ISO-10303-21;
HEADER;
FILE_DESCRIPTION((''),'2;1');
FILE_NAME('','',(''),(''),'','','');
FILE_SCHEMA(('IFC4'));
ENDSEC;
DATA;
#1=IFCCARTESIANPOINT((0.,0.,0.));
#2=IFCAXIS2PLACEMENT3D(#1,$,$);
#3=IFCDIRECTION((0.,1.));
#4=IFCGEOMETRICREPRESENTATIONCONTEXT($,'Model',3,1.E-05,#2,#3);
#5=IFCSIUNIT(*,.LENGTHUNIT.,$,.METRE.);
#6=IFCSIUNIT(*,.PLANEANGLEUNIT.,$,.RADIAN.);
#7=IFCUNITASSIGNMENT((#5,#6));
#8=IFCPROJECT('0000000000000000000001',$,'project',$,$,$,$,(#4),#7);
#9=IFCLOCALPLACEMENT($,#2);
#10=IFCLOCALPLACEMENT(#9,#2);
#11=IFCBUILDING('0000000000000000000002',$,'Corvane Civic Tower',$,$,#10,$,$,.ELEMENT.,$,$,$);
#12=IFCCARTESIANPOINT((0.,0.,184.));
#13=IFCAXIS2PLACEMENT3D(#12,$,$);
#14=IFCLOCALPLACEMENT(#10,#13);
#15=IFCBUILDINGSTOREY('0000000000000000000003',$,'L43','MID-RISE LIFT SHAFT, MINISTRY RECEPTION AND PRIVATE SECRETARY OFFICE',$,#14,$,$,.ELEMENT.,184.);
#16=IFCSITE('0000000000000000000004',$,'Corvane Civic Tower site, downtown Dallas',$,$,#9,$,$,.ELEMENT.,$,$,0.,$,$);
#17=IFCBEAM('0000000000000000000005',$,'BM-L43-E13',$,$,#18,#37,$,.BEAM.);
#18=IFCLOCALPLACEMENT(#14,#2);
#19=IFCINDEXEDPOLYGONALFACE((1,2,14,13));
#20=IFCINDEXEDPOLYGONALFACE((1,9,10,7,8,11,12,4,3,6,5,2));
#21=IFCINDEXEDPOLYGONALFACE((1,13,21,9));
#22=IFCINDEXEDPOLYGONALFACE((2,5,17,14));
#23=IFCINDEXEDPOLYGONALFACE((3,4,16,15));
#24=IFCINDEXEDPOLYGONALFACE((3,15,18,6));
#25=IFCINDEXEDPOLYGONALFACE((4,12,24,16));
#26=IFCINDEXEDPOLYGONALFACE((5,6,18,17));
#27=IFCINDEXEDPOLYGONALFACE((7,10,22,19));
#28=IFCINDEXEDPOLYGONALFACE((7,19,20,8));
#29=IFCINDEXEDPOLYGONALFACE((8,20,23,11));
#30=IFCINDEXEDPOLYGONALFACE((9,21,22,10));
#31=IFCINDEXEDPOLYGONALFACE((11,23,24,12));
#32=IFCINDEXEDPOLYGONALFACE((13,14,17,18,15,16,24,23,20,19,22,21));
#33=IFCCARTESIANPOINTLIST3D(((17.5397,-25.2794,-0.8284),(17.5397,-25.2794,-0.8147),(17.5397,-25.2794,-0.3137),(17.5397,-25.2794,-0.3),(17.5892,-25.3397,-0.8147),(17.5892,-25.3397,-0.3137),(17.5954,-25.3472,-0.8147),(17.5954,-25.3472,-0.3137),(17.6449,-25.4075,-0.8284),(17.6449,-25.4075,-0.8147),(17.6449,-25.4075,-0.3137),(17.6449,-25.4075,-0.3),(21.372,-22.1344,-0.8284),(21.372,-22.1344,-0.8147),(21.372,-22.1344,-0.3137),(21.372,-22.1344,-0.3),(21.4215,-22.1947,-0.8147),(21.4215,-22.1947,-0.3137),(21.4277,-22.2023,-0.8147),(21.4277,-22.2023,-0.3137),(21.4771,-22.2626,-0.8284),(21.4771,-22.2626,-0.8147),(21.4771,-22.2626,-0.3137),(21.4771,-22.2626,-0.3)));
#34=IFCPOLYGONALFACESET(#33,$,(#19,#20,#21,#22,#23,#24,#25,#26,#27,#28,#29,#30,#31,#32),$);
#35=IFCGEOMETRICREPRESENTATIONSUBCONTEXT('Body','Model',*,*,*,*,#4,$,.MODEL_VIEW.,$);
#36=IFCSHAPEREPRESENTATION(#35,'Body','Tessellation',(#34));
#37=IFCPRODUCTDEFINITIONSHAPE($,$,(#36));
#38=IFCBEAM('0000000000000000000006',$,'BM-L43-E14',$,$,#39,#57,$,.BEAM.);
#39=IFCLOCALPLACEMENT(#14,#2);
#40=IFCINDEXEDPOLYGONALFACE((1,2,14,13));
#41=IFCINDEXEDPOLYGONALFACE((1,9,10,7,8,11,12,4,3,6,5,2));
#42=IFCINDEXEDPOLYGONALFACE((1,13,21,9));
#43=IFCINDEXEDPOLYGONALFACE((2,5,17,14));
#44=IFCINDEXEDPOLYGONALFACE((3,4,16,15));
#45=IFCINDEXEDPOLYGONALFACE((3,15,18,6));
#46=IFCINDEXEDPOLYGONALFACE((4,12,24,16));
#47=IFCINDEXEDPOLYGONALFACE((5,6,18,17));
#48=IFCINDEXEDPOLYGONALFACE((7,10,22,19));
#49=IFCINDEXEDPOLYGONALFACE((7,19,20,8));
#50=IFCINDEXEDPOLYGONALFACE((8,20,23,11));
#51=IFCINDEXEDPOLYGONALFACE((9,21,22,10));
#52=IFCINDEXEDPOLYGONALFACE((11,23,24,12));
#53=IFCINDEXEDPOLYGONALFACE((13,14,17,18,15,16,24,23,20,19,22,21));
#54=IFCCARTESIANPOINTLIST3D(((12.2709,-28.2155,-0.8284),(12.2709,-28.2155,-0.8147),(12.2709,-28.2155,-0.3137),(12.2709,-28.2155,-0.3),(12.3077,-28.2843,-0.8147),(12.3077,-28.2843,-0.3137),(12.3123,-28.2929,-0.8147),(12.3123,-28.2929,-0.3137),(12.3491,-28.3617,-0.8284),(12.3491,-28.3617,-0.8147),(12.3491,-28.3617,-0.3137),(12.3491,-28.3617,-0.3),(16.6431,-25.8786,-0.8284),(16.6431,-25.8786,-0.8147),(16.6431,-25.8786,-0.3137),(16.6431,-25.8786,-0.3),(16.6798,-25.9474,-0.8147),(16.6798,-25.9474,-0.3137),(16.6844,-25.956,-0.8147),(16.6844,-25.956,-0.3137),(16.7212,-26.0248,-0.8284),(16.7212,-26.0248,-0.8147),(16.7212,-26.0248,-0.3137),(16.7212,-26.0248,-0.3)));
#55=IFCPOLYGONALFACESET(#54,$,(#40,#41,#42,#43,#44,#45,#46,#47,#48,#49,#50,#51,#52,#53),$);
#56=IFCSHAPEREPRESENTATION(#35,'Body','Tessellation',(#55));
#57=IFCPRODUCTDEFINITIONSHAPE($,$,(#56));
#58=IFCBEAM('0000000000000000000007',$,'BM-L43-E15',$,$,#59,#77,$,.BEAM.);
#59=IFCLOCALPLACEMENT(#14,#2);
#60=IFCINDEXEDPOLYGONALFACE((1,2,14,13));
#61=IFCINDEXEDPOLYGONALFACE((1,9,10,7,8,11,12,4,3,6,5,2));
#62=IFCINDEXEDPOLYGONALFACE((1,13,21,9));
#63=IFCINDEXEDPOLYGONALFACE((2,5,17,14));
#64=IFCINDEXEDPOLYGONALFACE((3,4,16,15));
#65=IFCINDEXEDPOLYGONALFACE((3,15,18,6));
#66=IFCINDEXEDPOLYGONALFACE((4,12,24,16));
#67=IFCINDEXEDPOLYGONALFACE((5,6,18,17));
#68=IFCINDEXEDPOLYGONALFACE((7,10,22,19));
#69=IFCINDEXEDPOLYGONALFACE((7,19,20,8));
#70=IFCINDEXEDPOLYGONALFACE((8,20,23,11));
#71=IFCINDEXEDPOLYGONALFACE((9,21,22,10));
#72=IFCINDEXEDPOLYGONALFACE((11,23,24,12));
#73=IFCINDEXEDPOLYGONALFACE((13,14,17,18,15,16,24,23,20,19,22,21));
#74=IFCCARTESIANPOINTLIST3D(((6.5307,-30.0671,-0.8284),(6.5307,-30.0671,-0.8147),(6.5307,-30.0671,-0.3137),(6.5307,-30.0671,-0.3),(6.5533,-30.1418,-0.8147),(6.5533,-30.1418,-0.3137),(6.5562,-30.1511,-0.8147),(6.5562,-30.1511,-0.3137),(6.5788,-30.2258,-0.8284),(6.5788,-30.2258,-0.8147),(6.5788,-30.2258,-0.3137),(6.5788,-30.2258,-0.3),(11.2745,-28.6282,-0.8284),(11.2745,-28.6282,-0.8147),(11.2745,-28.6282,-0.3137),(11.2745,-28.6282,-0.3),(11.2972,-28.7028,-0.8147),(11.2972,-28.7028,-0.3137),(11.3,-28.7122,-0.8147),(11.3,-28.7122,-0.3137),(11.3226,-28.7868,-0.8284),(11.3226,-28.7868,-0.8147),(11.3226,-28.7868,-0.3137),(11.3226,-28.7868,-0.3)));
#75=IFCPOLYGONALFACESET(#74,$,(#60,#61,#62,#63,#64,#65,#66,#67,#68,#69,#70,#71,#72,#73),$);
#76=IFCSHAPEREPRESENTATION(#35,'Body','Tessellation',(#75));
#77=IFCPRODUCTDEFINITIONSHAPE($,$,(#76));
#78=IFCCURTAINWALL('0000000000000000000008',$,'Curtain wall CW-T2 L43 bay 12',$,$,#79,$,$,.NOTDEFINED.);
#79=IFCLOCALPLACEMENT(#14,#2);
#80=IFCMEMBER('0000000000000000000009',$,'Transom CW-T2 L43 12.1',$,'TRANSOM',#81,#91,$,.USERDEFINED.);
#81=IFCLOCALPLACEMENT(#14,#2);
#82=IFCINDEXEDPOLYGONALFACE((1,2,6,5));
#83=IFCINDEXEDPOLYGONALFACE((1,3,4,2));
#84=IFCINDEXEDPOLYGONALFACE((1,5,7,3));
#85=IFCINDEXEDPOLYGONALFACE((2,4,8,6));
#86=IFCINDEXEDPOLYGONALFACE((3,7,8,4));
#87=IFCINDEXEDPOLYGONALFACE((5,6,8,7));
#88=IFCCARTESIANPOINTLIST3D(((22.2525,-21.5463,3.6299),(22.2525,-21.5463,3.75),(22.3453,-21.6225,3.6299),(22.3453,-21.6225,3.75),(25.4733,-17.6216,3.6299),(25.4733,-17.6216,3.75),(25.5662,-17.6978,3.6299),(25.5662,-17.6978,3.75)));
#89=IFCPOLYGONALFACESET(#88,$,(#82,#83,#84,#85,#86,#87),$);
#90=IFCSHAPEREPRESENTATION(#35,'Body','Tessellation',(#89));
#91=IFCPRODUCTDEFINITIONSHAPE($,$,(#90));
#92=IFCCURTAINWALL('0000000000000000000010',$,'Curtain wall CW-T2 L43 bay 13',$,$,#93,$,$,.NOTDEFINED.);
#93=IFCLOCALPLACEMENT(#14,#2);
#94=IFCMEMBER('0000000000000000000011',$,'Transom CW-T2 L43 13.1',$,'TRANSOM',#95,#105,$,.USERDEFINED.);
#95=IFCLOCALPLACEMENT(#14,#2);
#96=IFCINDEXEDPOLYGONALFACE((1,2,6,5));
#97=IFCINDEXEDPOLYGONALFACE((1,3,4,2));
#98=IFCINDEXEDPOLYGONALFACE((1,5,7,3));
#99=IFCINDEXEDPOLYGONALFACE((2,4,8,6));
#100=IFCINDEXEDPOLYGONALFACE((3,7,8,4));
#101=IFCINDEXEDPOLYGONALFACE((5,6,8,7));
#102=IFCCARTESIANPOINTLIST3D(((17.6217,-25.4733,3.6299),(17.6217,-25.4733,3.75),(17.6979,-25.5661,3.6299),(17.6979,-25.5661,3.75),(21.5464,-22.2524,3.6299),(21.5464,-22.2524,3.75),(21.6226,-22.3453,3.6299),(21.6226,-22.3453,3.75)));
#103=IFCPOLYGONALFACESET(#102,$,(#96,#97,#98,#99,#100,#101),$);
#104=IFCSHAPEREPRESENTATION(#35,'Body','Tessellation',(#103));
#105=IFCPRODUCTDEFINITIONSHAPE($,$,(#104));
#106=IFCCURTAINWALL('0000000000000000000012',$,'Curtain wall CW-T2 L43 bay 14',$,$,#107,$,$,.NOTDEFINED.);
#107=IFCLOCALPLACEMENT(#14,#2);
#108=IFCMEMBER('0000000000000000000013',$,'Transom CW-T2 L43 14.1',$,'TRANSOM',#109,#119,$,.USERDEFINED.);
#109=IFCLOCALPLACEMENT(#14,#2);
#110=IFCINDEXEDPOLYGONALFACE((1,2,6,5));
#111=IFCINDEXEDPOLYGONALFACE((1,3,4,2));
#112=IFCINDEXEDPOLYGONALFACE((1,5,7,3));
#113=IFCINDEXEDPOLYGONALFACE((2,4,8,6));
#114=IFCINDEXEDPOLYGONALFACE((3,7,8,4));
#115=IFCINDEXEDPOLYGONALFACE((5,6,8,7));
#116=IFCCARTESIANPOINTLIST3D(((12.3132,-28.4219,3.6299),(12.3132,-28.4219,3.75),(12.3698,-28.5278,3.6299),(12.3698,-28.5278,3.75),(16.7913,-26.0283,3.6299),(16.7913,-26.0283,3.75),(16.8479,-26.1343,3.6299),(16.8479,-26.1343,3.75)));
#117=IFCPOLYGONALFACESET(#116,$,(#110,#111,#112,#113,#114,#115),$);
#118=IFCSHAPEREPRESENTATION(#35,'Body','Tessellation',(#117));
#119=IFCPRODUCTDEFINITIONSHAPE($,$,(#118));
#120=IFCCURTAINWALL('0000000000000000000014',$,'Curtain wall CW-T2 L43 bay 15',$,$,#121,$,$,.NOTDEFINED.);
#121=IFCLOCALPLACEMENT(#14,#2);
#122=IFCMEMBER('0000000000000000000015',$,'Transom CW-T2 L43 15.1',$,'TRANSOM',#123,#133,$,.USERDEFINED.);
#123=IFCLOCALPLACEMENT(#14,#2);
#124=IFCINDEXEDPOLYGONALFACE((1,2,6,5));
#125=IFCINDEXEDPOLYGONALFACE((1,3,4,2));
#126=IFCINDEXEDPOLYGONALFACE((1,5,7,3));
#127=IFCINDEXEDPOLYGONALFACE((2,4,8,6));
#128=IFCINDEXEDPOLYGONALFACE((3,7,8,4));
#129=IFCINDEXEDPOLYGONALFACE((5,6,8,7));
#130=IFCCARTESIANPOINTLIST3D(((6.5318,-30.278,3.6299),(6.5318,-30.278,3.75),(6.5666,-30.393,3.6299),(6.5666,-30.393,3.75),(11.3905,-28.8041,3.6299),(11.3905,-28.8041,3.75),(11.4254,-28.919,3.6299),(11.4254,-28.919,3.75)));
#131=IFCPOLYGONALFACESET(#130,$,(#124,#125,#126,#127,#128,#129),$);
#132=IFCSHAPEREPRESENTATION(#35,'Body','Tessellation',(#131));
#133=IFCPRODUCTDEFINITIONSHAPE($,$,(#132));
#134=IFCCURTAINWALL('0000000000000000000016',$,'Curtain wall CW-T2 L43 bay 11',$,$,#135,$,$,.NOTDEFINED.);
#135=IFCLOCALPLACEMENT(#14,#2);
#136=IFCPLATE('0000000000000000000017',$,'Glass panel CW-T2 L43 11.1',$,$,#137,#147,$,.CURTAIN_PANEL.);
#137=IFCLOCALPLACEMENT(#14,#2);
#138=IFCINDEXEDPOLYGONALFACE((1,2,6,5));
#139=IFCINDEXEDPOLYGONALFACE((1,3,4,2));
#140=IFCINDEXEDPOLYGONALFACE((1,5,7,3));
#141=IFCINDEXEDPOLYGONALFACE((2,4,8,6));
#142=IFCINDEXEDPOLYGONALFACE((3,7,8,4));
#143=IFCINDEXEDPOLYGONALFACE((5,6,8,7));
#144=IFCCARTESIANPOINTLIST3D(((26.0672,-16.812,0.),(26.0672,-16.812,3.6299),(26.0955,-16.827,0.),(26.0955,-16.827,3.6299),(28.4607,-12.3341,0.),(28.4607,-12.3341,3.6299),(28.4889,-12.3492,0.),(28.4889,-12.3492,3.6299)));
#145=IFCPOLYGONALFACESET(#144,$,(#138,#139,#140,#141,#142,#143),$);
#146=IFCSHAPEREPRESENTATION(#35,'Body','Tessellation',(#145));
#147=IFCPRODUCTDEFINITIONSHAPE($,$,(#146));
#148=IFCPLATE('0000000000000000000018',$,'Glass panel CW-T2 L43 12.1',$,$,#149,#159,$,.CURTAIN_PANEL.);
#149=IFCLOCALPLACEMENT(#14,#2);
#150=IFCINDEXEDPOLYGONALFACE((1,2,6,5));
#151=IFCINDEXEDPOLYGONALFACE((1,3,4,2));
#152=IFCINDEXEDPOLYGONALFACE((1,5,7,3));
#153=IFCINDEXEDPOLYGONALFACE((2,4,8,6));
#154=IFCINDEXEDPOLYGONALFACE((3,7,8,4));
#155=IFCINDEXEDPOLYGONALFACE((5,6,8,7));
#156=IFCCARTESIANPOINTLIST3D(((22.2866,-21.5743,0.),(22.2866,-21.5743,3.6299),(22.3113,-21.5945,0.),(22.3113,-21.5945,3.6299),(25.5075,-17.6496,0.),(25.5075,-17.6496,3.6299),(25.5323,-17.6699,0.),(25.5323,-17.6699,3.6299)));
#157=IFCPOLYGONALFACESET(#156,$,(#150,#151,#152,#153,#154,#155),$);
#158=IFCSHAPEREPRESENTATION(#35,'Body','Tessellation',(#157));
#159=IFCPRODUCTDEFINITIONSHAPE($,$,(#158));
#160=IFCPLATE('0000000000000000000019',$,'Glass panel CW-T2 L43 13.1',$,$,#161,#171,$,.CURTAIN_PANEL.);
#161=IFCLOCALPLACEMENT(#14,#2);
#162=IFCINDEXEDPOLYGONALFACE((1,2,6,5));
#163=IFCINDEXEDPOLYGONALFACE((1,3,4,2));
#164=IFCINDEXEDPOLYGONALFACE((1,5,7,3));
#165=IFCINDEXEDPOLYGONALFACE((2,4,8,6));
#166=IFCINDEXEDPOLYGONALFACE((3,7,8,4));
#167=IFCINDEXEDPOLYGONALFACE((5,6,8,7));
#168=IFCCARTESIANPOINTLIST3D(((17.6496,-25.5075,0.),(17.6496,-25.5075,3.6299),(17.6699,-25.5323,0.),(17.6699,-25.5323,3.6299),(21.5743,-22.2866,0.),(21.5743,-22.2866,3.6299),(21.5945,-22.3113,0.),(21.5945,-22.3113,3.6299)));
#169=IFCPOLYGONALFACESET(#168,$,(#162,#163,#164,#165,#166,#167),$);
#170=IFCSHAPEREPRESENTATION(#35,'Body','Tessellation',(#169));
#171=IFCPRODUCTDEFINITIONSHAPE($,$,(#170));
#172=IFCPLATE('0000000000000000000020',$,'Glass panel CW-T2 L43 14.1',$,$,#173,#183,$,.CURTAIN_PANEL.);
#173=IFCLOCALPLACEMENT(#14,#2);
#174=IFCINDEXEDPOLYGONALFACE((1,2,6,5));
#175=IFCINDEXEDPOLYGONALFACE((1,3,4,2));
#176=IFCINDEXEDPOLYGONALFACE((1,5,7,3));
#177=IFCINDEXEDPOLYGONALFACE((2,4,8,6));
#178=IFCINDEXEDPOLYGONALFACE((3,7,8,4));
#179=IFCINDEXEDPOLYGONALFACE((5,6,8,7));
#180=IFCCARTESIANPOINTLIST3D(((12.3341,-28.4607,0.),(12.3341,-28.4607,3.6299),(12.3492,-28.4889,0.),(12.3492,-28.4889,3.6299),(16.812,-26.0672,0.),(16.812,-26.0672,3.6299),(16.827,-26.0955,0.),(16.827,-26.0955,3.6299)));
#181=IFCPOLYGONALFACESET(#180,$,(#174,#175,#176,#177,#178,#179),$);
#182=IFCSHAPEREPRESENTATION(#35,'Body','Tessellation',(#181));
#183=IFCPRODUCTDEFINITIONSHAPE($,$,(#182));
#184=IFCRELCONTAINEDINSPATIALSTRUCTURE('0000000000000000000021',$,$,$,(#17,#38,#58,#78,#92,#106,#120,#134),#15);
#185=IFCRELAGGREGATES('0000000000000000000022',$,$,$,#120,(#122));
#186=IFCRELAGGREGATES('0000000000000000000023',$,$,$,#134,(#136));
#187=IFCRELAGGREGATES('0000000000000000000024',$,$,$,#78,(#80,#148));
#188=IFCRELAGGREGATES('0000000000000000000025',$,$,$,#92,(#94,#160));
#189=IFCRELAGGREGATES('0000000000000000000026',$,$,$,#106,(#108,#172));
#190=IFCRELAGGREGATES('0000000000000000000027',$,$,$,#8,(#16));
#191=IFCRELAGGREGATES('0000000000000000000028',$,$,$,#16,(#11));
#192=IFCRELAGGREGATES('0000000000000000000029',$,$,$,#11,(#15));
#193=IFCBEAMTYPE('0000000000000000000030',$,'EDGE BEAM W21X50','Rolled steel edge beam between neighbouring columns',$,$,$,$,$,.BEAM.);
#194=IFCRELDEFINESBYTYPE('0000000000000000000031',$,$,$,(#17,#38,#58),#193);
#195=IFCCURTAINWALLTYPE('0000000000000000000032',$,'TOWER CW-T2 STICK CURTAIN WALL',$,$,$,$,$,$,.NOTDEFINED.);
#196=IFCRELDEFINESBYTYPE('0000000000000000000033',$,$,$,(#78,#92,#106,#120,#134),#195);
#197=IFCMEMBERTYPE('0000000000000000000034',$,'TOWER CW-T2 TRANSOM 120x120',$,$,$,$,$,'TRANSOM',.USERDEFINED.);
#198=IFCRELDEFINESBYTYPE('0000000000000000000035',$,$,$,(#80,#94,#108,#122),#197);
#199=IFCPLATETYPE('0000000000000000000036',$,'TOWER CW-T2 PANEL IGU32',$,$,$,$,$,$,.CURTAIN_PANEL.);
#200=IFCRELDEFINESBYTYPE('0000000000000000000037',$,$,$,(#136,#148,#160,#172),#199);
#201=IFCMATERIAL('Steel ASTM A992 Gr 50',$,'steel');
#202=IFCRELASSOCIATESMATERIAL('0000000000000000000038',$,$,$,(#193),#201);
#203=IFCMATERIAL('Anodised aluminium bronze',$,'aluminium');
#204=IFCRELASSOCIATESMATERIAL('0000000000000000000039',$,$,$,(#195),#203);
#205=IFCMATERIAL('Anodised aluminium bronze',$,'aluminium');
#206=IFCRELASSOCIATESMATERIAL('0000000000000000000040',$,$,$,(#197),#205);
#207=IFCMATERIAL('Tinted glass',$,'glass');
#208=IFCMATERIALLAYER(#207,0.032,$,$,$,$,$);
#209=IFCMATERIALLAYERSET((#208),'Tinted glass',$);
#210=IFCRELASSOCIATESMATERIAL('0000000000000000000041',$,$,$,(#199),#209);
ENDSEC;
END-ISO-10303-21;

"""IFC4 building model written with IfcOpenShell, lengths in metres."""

from ifc_helpers import new_model, si_unit, direction, frame, origin, origin_2d, place, context, subcontext, project, spatial, rectangle, i_section, extrude, material, layer, layer_set, material_profile, profile_set, type_object, element, aggregate, save


model = new_model("IFC4")

# Units and contexts
model_context = context("Model", 3, precision=1e-05, world=origin(), true_north=direction((0.0, 1.0)))
body_context = subcontext(model_context, "Body", "Model", "MODEL_VIEW")
ifc_project = project(units=[si_unit("LENGTHUNIT", "METRE"), si_unit("PLANEANGLEUNIT", "RADIAN")], contexts=[model_context])

# Site, building, storey
site_placement = place(None, origin())
site = spatial("IfcSite", under=ifc_project, at=site_placement, Name="Corvane Civic Tower site, downtown Dallas", CompositionType="ELEMENT", RefElevation=0.0)
building_placement = place(site_placement, origin())
building = spatial("IfcBuilding", under=site, at=building_placement, Name="Corvane Civic Tower", CompositionType="ELEMENT")
storey_placement = place(building_placement, frame((0.0, 0.0, 184.0)))
storey = spatial("IfcBuildingStorey", under=building, at=storey_placement, Name="L43", Description="MID-RISE LIFT SHAFT, MINISTRY RECEPTION AND PRIVATE SECRETARY OFFICE", CompositionType="ELEMENT", Elevation=184.0)

# Beams
ifc_material_1 = material(Name="Steel ASTM A992 Gr 50", Category="steel")
ifc_material_profile_1 = material_profile(ifc_material_1, i_section(OverallWidth=0.1658, OverallDepth=0.5283, WebThickness=0.0098, FlangeThickness=0.0137, at=origin_2d()), Name="W21X50")
ifc_profile_set_1 = profile_set([ifc_material_profile_1], Name="Steel ASTM A992 Gr 50")
beam_type = type_object("IfcBeamType", Name="EDGE BEAM W21X50", Description="Rolled steel edge beam between neighbouring columns", PredefinedType="BEAM", material=ifc_profile_set_1)
for number, where, z_axis, x_axis, name in (
    (1, (21.4246, -22.1985, -0.5642), (-0.773015, -0.634388, 0.0), (0.634388, -0.773015, 0.0), "BM-L43-E13"),
    (2, (16.6821, -25.9517, -0.5642), (-0.881922, -0.471396, 0.0), (0.471396, -0.881922, 0.0), "BM-L43-E14"),
):
    element("IfcBeam", number, at=place(storey_placement, frame(where, z_axis=z_axis, x_axis=x_axis)), inside=storey, type_object=beam_type, Name=name, PredefinedType="BEAM", context=body_context, shape_type="SweptSolid", body=[
        extrude(i_section(OverallWidth=0.1658, OverallDepth=0.5283, WebThickness=0.0098, FlangeThickness=0.0137, at=origin_2d()), origin(), (0.0, 0.0, 1.0), 4.9575),
    ])
beam_placement = place(storey_placement, frame((11.2986, -28.7075, -0.5642), z_axis=(-0.956945, -0.29027, 0.0), x_axis=(0.29027, -0.956945, 0.0)))
element("IfcBeam", 3, at=beam_placement, inside=storey, type_object=beam_type, Name="BM-L43-E15", PredefinedType="BEAM", context=body_context, shape_type="SweptSolid", body=[
    extrude(i_section(OverallWidth=0.1658, OverallDepth=0.5283, WebThickness=0.0098, FlangeThickness=0.0137, at=origin_2d()), origin(), (0.0, 0.0, 1.0), 4.9573),
])

# Curtain walls, members
ifc_material_2 = material(Name="Anodised aluminium bronze", Category="aluminium")
curtain_wall_type = type_object("IfcCurtainWallType", Name="TOWER CW-T2 STICK CURTAIN WALL", PredefinedType="NOTDEFINED", material=ifc_material_2)
curtain_wall_1_placement = place(storey_placement, origin())
curtain_wall_1 = element("IfcCurtainWall", 4, at=curtain_wall_1_placement, inside=storey, type_object=curtain_wall_type, Name="Curtain wall CW-T2 L43 bay 12", PredefinedType="NOTDEFINED")
ifc_material_3 = material(Name="Anodised aluminium bronze", Category="aluminium")
ifc_material_profile_2 = material_profile(ifc_material_3, rectangle(XDim=0.1201, YDim=0.1201, at=origin_2d()), Name="TOWER CW-T2 TRANSOM 120x120")
ifc_profile_set_2 = profile_set([ifc_material_profile_2], Name="Anodised aluminium bronze")
member_type = type_object("IfcMemberType", Name="TOWER CW-T2 TRANSOM 120x120", ElementType="TRANSOM", PredefinedType="USERDEFINED", material=ifc_profile_set_2)
member_1_placement = place(storey_placement, frame((25.5198, -17.6597, 3.6899), z_axis=(-0.634387, -0.773016, 0.0), x_axis=(0.773016, -0.634387, 0.0)))
member_1 = element("IfcMember", 5, at=member_1_placement, type_object=member_type, Name="Transom CW-T2 L43 12.1", ObjectType="TRANSOM", PredefinedType="USERDEFINED", context=body_context, shape_type="SweptSolid", body=[
    extrude(rectangle(XDim=0.1201, YDim=0.1201, at=origin_2d()), origin(), (0.0, 0.0, 1.0), 5.0771),
])
curtain_wall_2_placement = place(storey_placement, origin())
curtain_wall_2 = element("IfcCurtainWall", 6, at=curtain_wall_2_placement, inside=storey, type_object=curtain_wall_type, Name="Curtain wall CW-T2 L43 bay 13", PredefinedType="NOTDEFINED")
member_2_placement = place(storey_placement, frame((21.5845, -22.2988, 3.6899), z_axis=(-0.773016, -0.634387, 0.0), x_axis=(0.634387, -0.773016, 0.0)))
member_2 = element("IfcMember", 7, at=member_2_placement, type_object=member_type, Name="Transom CW-T2 L43 13.1", ObjectType="TRANSOM", PredefinedType="USERDEFINED", context=body_context, shape_type="SweptSolid", body=[
    extrude(rectangle(XDim=0.1201, YDim=0.1201, at=origin_2d()), origin(), (0.0, 0.0, 1.0), 5.0771),
])
curtain_wall_3_placement = place(storey_placement, origin())
curtain_wall_3 = element("IfcCurtainWall", 8, at=curtain_wall_3_placement, inside=storey, type_object=curtain_wall_type, Name="Curtain wall CW-T2 L43 bay 14", PredefinedType="NOTDEFINED")
member_3_placement = place(storey_placement, frame((16.8196, -26.0813, 3.6899), z_axis=(-0.881921, -0.471397, 0.0), x_axis=(0.471397, -0.881921, 0.0)))
member_3 = element("IfcMember", 9, at=member_3_placement, type_object=member_type, Name="Transom CW-T2 L43 14.1", ObjectType="TRANSOM", PredefinedType="USERDEFINED", context=body_context, shape_type="SweptSolid", body=[
    extrude(rectangle(XDim=0.1201, YDim=0.1201, at=origin_2d()), origin(), (0.0, 0.0, 1.0), 5.0776),
])
curtain_wall_4_placement = place(storey_placement, origin())
curtain_wall_4 = element("IfcCurtainWall", 10, at=curtain_wall_4_placement, inside=storey, type_object=curtain_wall_type, Name="Curtain wall CW-T2 L43 bay 15", PredefinedType="NOTDEFINED")
member_4_placement = place(storey_placement, frame((11.408, -28.8616, 3.6899), z_axis=(-0.956939, -0.290289, 0.0), x_axis=(0.290289, -0.956939, 0.0)))
member_4 = element("IfcMember", 11, at=member_4_placement, type_object=member_type, Name="Transom CW-T2 L43 15.1", ObjectType="TRANSOM", PredefinedType="USERDEFINED", context=body_context, shape_type="SweptSolid", body=[
    extrude(rectangle(XDim=0.1201, YDim=0.1201, at=origin_2d()), origin(), (0.0, 0.0, 1.0), 5.0774),
])
aggregate(curtain_wall_4, [member_4])

# Curtain wall, plate
curtain_wall_5_placement = place(storey_placement, origin())
curtain_wall_5 = element("IfcCurtainWall", 12, at=curtain_wall_5_placement, inside=storey, type_object=curtain_wall_type, Name="Curtain wall CW-T2 L43 bay 11", PredefinedType="NOTDEFINED")
ifc_material_4 = material(Name="Tinted glass", Category="glass")
ifc_layer_1 = layer(ifc_material_4, 0.032)
ifc_layer_set_1 = layer_set([ifc_layer_1], Name="Tinted glass")
plate_type = type_object("IfcPlateType", Name="TOWER CW-T2 PANEL IGU32", PredefinedType="CURTAIN_PANEL", material=ifc_layer_set_1)
plate_1_placement = place(storey_placement, frame((27.2781, -14.5806, 0.0), z_axis=(0.0, 0.0, 1.0), x_axis=(-0.471395, -0.881922, 0.0)))
plate_1 = element("IfcPlate", 13, at=plate_1_placement, type_object=plate_type, Name="Glass panel CW-T2 L43 11.1", PredefinedType="CURTAIN_PANEL", context=body_context, shape_type="SweptSolid", body=[
    extrude(rectangle(XDim=5.0774, YDim=0.032, at=origin_2d()), origin(), (0.0, 0.0, 1.0), 3.6299),
])
aggregate(curtain_wall_5, [plate_1])

# Plates
plate_2_placement = place(storey_placement, frame((23.9094, -19.6221, 0.0), z_axis=(0.0, 0.0, 1.0), x_axis=(-0.6344, -0.773005, 0.0)))
plate_2 = element("IfcPlate", 14, at=plate_2_placement, type_object=plate_type, Name="Glass panel CW-T2 L43 12.1", PredefinedType="CURTAIN_PANEL", context=body_context, shape_type="SweptSolid", body=[
    extrude(rectangle(XDim=5.0771, YDim=0.032, at=origin_2d()), origin(), (0.0, 0.0, 1.0), 3.6299),
])
aggregate(curtain_wall_1, [member_1, plate_2])
plate_3_placement = place(storey_placement, frame((19.6221, -23.9094, 0.0), z_axis=(0.0, 0.0, 1.0), x_axis=(-0.773005, -0.6344, 0.0)))
plate_3 = element("IfcPlate", 15, at=plate_3_placement, type_object=plate_type, Name="Glass panel CW-T2 L43 13.1", PredefinedType="CURTAIN_PANEL", context=body_context, shape_type="SweptSolid", body=[
    extrude(rectangle(XDim=5.0771, YDim=0.032, at=origin_2d()), origin(), (0.0, 0.0, 1.0), 3.6299),
])
aggregate(curtain_wall_2, [member_2, plate_3])
plate_4_placement = place(storey_placement, frame((14.5806, -27.2781, 0.0), z_axis=(0.0, 0.0, 1.0), x_axis=(-0.881922, -0.471395, 0.0)))
plate_4 = element("IfcPlate", 16, at=plate_4_placement, type_object=plate_type, Name="Glass panel CW-T2 L43 14.1", PredefinedType="CURTAIN_PANEL", context=body_context, shape_type="SweptSolid", body=[
    extrude(rectangle(XDim=5.0774, YDim=0.032, at=origin_2d()), origin(), (0.0, 0.0, 1.0), 3.6299),
])
aggregate(curtain_wall_3, [member_3, plate_4])

save(model, "model.ifc")
